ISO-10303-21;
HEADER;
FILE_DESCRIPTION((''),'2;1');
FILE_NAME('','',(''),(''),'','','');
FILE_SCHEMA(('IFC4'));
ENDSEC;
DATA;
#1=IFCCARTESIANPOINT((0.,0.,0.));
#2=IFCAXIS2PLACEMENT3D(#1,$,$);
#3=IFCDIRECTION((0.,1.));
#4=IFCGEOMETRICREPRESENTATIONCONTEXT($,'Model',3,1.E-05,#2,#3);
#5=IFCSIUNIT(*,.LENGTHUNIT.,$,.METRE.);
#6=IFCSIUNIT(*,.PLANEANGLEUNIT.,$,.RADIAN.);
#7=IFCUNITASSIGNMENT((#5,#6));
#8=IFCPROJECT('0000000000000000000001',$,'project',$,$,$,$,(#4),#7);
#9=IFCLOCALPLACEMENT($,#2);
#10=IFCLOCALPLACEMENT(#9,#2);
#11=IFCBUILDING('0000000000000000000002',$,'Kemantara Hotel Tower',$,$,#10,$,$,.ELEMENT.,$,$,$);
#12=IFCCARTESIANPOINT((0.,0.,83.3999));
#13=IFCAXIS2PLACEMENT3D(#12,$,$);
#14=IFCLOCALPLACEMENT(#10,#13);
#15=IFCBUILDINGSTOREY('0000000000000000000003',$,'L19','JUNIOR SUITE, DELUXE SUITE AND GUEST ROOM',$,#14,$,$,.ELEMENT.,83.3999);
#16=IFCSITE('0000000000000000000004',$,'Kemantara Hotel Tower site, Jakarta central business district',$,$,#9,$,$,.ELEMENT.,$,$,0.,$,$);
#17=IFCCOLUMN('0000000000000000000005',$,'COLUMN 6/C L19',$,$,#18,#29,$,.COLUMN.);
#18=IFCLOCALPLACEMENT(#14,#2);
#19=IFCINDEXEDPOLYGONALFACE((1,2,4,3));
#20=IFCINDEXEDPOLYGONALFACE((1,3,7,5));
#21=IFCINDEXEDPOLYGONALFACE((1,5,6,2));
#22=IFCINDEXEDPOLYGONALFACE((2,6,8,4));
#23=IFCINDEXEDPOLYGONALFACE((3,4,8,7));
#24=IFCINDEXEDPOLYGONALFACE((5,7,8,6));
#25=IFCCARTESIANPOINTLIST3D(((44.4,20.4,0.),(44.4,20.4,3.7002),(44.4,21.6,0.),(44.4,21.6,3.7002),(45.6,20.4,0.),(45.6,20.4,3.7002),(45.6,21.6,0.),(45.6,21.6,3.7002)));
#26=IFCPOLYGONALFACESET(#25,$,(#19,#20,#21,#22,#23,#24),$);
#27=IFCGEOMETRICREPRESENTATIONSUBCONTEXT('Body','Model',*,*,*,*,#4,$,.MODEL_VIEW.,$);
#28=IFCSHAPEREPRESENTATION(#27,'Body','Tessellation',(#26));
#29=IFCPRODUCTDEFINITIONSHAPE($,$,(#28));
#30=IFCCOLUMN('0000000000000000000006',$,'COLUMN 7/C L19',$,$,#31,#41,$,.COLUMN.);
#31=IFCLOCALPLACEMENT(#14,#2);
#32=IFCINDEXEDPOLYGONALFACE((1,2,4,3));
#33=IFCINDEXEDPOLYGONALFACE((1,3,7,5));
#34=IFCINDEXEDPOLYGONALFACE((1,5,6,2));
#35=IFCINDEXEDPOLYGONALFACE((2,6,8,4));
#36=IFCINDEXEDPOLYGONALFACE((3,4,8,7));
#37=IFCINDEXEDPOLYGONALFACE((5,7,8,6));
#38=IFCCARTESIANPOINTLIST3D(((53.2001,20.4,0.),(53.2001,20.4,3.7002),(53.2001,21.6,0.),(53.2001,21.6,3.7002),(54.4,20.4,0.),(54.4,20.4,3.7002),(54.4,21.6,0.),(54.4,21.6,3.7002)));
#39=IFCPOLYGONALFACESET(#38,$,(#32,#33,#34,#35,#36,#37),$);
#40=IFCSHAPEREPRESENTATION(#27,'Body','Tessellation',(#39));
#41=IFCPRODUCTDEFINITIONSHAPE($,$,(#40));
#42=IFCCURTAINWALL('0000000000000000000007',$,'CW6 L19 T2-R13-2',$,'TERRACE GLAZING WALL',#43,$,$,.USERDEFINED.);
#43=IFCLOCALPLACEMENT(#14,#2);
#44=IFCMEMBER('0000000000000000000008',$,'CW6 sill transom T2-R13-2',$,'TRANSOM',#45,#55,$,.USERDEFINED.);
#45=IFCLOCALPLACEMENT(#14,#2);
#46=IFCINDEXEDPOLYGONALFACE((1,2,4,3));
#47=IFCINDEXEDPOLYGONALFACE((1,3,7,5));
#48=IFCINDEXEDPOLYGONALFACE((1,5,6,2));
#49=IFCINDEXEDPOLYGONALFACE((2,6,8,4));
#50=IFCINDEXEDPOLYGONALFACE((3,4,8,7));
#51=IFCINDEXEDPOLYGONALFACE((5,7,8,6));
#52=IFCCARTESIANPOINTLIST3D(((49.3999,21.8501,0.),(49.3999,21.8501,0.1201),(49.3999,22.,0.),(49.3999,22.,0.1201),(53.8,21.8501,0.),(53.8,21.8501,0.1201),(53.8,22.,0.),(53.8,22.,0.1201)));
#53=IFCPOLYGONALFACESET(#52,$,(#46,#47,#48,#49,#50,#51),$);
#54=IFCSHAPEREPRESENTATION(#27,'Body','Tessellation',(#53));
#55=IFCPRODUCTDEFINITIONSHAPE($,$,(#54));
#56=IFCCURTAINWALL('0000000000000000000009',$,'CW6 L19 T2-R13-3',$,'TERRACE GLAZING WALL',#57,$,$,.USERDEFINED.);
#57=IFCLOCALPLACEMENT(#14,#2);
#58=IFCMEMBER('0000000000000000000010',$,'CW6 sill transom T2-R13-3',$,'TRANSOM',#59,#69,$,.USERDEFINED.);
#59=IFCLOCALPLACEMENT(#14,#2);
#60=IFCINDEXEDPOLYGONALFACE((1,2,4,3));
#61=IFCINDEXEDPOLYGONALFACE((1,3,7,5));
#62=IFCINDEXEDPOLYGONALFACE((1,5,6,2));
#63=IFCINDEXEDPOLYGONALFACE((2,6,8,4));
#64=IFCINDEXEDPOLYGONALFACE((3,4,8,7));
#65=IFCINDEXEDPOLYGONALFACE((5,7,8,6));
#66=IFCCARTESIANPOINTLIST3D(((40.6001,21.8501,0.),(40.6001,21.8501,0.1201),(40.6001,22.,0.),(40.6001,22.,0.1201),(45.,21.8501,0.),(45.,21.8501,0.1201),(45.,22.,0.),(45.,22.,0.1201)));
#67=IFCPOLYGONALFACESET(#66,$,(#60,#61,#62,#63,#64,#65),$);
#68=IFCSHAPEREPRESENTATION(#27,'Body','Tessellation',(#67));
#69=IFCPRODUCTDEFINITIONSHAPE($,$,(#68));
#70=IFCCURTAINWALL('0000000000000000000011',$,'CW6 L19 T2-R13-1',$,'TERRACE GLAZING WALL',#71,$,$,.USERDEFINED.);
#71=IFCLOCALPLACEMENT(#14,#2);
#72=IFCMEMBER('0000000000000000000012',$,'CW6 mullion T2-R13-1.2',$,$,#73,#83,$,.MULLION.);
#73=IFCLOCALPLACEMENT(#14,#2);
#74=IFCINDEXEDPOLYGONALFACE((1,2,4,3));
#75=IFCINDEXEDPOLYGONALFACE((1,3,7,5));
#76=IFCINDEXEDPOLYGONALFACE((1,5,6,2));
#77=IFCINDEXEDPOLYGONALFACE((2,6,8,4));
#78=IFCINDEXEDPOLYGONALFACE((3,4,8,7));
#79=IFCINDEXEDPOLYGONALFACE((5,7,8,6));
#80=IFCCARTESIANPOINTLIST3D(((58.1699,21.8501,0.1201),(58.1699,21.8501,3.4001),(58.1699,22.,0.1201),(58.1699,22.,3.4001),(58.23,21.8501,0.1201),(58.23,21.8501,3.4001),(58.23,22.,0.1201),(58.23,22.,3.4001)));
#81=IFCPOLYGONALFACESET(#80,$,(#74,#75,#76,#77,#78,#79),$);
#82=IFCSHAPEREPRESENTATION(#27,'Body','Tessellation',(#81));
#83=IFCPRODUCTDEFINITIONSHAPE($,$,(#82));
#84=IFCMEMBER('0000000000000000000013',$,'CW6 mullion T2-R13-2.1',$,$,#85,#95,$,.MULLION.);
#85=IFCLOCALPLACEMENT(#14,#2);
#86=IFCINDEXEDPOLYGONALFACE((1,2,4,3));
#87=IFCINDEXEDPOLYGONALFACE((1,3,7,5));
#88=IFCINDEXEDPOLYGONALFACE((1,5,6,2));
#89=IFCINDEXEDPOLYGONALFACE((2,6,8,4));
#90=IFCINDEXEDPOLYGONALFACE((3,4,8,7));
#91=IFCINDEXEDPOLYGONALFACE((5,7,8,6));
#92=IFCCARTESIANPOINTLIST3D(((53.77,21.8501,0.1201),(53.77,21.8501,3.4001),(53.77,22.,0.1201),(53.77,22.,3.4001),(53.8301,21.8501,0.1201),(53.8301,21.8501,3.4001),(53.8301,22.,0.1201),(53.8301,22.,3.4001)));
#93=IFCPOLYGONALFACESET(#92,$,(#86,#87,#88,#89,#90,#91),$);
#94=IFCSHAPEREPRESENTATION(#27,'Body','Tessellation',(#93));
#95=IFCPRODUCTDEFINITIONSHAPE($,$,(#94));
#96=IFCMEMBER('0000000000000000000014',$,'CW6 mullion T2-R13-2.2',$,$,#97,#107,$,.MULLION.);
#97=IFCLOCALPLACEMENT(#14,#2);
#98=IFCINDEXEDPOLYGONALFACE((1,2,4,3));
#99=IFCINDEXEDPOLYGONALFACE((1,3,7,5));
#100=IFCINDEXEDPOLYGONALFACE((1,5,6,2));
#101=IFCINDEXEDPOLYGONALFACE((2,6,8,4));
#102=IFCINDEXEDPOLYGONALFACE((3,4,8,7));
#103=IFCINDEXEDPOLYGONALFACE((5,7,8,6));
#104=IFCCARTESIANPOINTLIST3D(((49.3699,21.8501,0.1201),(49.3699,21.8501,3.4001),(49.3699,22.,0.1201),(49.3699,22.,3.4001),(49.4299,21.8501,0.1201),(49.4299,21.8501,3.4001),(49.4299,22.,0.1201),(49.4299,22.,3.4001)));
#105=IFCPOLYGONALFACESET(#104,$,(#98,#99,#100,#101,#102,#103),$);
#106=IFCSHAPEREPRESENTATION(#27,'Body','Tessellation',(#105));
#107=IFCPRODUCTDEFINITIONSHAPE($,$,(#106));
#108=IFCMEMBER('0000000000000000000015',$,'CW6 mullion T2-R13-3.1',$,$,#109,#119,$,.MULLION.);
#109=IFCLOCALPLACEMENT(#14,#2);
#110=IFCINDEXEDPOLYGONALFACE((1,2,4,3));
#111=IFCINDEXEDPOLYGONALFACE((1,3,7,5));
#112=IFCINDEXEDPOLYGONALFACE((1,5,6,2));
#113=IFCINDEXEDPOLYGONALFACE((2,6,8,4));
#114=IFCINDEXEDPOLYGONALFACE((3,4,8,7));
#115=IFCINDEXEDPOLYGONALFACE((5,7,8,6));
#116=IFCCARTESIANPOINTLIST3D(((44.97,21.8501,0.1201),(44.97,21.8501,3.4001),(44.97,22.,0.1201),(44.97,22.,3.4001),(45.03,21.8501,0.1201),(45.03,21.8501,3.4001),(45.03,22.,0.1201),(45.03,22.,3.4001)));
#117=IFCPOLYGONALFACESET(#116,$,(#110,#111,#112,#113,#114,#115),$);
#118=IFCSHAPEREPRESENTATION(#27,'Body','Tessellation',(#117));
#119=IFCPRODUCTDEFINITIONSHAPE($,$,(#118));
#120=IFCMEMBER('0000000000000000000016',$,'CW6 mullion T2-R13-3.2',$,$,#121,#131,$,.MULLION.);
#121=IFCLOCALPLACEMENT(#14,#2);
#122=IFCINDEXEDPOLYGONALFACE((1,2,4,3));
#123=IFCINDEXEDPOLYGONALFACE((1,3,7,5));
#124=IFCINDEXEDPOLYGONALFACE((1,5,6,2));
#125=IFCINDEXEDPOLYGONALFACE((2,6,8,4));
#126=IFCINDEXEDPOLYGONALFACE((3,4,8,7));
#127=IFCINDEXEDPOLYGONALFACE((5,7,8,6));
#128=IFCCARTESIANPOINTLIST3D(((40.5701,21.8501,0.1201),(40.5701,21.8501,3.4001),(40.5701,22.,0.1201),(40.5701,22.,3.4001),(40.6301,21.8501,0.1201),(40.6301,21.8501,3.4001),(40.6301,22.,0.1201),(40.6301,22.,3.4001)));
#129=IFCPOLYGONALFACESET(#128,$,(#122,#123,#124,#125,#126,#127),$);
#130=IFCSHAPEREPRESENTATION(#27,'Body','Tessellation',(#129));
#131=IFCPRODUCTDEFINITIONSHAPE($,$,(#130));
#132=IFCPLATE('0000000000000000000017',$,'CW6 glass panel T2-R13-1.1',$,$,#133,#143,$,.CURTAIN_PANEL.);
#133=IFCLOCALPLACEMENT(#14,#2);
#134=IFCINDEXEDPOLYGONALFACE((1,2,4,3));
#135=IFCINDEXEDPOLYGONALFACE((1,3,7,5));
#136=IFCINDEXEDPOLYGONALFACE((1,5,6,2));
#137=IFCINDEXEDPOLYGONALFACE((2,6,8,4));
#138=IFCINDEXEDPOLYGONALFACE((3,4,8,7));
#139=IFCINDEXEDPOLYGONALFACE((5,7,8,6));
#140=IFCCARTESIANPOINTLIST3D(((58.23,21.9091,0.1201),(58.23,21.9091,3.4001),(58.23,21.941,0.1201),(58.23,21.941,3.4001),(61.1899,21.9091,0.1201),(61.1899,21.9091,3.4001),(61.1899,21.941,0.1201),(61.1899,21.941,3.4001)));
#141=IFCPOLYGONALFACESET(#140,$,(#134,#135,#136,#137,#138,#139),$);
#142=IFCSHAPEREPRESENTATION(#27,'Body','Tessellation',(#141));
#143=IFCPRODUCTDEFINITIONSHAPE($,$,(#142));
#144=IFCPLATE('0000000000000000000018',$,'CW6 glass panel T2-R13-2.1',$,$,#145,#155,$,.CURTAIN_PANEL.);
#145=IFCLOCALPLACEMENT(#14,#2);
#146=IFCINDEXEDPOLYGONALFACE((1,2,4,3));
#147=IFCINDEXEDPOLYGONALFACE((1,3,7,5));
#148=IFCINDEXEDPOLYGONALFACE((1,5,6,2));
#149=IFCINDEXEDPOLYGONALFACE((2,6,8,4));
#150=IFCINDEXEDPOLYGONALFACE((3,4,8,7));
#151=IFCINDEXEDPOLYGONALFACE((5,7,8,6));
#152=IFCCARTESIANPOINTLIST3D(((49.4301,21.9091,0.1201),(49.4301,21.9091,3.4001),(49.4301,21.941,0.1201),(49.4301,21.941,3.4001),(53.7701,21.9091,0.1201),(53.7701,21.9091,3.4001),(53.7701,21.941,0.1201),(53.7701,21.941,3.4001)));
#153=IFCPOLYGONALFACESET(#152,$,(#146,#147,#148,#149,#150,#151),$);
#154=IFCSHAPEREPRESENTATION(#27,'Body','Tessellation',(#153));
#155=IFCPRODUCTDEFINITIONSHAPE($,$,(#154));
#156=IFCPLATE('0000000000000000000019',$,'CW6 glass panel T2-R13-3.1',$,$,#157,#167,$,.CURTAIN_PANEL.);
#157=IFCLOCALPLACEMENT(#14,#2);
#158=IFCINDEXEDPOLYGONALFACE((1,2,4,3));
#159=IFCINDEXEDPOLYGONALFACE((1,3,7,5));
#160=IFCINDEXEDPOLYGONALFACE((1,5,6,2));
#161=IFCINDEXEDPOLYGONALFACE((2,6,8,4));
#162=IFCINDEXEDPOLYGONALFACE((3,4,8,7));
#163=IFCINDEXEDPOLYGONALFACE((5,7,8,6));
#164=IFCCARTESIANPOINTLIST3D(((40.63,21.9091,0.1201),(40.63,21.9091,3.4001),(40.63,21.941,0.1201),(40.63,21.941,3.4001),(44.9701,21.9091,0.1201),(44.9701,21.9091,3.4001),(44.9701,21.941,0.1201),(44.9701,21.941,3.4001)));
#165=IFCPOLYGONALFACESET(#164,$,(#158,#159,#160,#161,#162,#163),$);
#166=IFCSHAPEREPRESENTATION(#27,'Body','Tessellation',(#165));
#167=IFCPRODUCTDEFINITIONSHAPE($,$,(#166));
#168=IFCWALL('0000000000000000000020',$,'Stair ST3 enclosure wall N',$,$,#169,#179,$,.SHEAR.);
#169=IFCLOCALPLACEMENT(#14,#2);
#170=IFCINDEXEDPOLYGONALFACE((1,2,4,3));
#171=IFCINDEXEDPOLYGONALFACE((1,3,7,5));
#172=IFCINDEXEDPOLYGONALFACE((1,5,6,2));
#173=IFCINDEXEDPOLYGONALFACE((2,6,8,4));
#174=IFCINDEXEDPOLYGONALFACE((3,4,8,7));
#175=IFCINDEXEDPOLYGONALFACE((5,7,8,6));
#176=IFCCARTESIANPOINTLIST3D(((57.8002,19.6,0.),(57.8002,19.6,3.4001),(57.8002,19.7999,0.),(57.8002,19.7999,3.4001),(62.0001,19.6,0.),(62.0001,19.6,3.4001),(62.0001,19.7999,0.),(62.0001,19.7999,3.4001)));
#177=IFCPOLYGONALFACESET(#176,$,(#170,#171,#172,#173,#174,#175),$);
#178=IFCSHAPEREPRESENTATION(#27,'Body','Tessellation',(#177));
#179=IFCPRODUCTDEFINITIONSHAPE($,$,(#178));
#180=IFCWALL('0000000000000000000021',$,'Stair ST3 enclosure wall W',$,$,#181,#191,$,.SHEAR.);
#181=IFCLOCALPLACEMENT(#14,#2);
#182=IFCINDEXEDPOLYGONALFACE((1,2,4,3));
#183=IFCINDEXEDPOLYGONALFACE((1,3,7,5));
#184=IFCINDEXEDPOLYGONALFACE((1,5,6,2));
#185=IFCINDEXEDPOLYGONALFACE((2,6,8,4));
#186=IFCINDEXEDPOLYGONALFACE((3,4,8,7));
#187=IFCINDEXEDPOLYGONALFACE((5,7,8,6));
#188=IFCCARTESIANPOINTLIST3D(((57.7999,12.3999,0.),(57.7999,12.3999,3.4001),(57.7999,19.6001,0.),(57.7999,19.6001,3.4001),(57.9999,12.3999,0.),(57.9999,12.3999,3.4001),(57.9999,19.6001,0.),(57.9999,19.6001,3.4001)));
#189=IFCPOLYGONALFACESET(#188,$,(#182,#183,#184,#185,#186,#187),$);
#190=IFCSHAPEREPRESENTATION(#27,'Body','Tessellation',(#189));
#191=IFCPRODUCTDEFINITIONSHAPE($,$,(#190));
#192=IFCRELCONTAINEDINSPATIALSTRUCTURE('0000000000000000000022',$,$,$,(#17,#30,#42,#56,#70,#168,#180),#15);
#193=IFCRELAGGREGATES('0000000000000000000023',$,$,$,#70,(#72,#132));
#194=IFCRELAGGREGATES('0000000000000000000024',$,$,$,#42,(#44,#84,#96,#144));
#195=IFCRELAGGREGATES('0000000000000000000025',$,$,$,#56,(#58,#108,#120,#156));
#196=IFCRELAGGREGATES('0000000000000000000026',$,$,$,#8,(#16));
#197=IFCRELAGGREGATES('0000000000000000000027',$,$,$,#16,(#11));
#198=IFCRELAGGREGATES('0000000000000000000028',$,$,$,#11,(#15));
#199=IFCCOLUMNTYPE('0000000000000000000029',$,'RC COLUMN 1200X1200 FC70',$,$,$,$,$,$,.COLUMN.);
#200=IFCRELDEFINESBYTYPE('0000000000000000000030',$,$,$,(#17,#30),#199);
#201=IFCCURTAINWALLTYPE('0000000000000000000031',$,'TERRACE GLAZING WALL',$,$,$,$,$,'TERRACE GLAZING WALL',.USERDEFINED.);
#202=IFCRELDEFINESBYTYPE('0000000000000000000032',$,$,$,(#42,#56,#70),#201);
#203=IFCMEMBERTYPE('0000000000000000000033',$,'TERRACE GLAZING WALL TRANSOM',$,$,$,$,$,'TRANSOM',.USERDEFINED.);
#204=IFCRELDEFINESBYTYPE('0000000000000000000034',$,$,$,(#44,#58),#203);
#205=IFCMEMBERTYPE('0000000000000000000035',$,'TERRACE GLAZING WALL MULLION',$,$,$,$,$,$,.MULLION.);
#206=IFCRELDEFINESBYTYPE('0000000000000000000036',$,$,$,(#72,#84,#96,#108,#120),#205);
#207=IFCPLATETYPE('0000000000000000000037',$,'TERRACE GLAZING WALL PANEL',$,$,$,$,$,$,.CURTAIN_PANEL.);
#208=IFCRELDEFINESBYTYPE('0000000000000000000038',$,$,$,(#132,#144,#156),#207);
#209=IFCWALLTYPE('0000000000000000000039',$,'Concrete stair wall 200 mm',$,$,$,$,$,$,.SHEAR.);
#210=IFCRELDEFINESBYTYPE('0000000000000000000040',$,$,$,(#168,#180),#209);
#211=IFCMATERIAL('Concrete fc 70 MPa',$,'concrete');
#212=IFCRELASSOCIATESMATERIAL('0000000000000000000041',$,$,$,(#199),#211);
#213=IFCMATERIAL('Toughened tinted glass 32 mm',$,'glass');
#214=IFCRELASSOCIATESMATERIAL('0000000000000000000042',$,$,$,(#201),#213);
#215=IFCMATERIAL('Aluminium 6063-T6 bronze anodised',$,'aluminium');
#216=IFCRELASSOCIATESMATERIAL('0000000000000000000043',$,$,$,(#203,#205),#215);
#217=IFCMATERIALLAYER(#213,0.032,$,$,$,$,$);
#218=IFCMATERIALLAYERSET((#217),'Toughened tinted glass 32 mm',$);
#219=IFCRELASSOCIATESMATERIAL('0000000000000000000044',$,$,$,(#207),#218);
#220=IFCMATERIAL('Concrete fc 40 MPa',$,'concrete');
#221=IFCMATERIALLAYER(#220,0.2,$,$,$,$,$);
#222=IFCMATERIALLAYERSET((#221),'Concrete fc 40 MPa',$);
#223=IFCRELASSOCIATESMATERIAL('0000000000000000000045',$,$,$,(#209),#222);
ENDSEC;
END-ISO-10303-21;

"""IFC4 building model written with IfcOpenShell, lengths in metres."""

from ifc_helpers import new_model, si_unit, direction, frame, frame_2d, origin, origin_2d, place, context, subcontext, project, spatial, rectangle, extrude, source, transform, mapped, material, layer, layer_set, material_profile, profile_set, type_object, element, aggregate, save


model = new_model("IFC4")

# Units and contexts
model_context = context("Model", 3, precision=1e-05, world=origin(), true_north=direction((0.0, 1.0)))
body_context = subcontext(model_context, "Body", "Model", "MODEL_VIEW")
ifc_project = project(units=[si_unit("LENGTHUNIT", "METRE"), si_unit("PLANEANGLEUNIT", "RADIAN")], contexts=[model_context])

# Site, building, storey
site_placement = place(None, origin())
site = spatial("IfcSite", under=ifc_project, at=site_placement, Name="Kemantara Hotel Tower site, Jakarta central business district", CompositionType="ELEMENT", RefElevation=0.0)
building_placement = place(site_placement, origin())
building = spatial("IfcBuilding", under=site, at=building_placement, Name="Kemantara Hotel Tower", CompositionType="ELEMENT")
storey_placement = place(building_placement, frame((0.0, 0.0, 83.3999)))
storey = spatial("IfcBuildingStorey", under=building, at=storey_placement, Name="L19", Description="JUNIOR SUITE, DELUXE SUITE AND GUEST ROOM", CompositionType="ELEMENT", Elevation=83.3999)

# Columns
ifc_material_1 = material(Name="Concrete fc 70 MPa", Category="concrete")
ifc_material_profile_1 = material_profile(ifc_material_1, rectangle(XDim=1.2, YDim=1.2, at=origin_2d()), Name="RC 1200X1200")
ifc_profile_set_1 = profile_set([ifc_material_profile_1], Name="Concrete fc 70 MPa")
column_type = type_object("IfcColumnType", Name="RC COLUMN 1200X1200 FC70", PredefinedType="COLUMN", material=ifc_profile_set_1)
for number, where, z_axis, x_axis, name in (
    (1, (45.0, 21.0, 0.0), (0.0, 0.0, 1.0), (1.0, 0.0, 0.0), "COLUMN 6/C L19"),
    (2, (53.8, 21.0, 0.0), (0.0, 0.0, 1.0), (1.0, 0.0, 0.0), "COLUMN 7/C L19"),
):
    element("IfcColumn", number, at=place(storey_placement, frame(where, z_axis=z_axis, x_axis=x_axis)), inside=storey, type_object=column_type, Name=name, PredefinedType="COLUMN", context=body_context, shape_type="SweptSolid", body=[
        extrude(rectangle(XDim=1.2, YDim=1.2, at=origin_2d()), origin(), (0.0, 0.0, 1.0), 3.7002),
    ])

# Curtain walls, members
ifc_material_2 = material(Name="Toughened tinted glass 32 mm", Category="glass")
curtain_wall_type = type_object("IfcCurtainWallType", Name="TERRACE GLAZING WALL", ElementType="TERRACE GLAZING WALL", PredefinedType="USERDEFINED", material=ifc_material_2)
curtain_wall_1_placement = place(storey_placement, origin())
curtain_wall_1 = element("IfcCurtainWall", 3, at=curtain_wall_1_placement, inside=storey, type_object=curtain_wall_type, Name="CW6 L19 T2-R13-2", ObjectType="TERRACE GLAZING WALL", PredefinedType="USERDEFINED")
ifc_material_3 = material(Name="Aluminium 6063-T6 bronze anodised", Category="aluminium")
ifc_material_profile_2 = material_profile(ifc_material_3, rectangle(XDim=0.1499, YDim=0.1201, at=origin_2d()), Name="TERRACE GLAZING WALL TRANSOM")
ifc_profile_set_2 = profile_set([ifc_material_profile_2], Name="Aluminium 6063-T6 bronze anodised")
member_type_1 = type_object("IfcMemberType", Name="TERRACE GLAZING WALL TRANSOM", ElementType="TRANSOM", PredefinedType="USERDEFINED", material=ifc_profile_set_2)
member_1_placement = place(storey_placement, frame((53.8, 21.925, 0.0601), z_axis=(-1.0, 0.0, 0.0), x_axis=(0.0, -1.0, 0.0)))
member_1 = element("IfcMember", 4, at=member_1_placement, type_object=member_type_1, Name="CW6 sill transom T2-R13-2", ObjectType="TRANSOM", PredefinedType="USERDEFINED", context=body_context, shape_type="SweptSolid", body=[
    extrude(rectangle(XDim=0.1499, YDim=0.1201, at=origin_2d()), origin(), (0.0, 0.0, 1.0), 4.4001),
])
curtain_wall_2_placement = place(storey_placement, origin())
curtain_wall_2 = element("IfcCurtainWall", 5, at=curtain_wall_2_placement, inside=storey, type_object=curtain_wall_type, Name="CW6 L19 T2-R13-3", ObjectType="TERRACE GLAZING WALL", PredefinedType="USERDEFINED")
member_2_placement = place(storey_placement, frame((45.0, 21.925, 0.0601), z_axis=(-1.0, 0.0, 0.0), x_axis=(0.0, -1.0, 0.0)))
member_2 = element("IfcMember", 6, at=member_2_placement, type_object=member_type_1, Name="CW6 sill transom T2-R13-3", ObjectType="TRANSOM", PredefinedType="USERDEFINED", context=body_context, shape_type="SweptSolid", body=[
    extrude(rectangle(XDim=0.1499, YDim=0.1201, at=origin_2d()), origin(), (0.0, 0.0, 1.0), 4.3999),
])
curtain_wall_3_placement = place(storey_placement, origin())
curtain_wall_3 = element("IfcCurtainWall", 7, at=curtain_wall_3_placement, inside=storey, type_object=curtain_wall_type, Name="CW6 L19 T2-R13-1", ObjectType="TERRACE GLAZING WALL", PredefinedType="USERDEFINED")
ifc_material_profile_3 = material_profile(ifc_material_3, rectangle(XDim=0.1499, YDim=0.0601, at=origin_2d()), Name="TERRACE GLAZING WALL MULLION")
ifc_profile_set_3 = profile_set([ifc_material_profile_3], Name="Aluminium 6063-T6 bronze anodised")
member_type_2 = type_object("IfcMemberType", Name="TERRACE GLAZING WALL MULLION", PredefinedType="MULLION", material=ifc_profile_set_3)
shared_shape_1 = source(origin(), body_context, "Body", "SweptSolid", [
    extrude(rectangle(XDim=0.1499, YDim=0.0601, at=origin_2d()), origin(), (0.0, 0.0, 1.0), 3.28),
])
member_3_placement = place(storey_placement, frame((58.2, 21.925, 0.1201), z_axis=(0.0, 0.0, 1.0), x_axis=(0.0, -1.0, 0.0)))
member_3 = element("IfcMember", 8, at=member_3_placement, type_object=member_type_2, Name="CW6 mullion T2-R13-1.2", PredefinedType="MULLION", context=body_context, shape_type="MappedRepresentation", body=[
    mapped(shared_shape_1, transform((0.0, 0.0, 0.0))),
])

# Members
member_4_placement = place(storey_placement, frame((53.8, 21.925, 0.1201), z_axis=(0.0, 0.0, 1.0), x_axis=(0.0, -1.0, 0.0)))
member_4 = element("IfcMember", 9, at=member_4_placement, type_object=member_type_2, Name="CW6 mullion T2-R13-2.1", PredefinedType="MULLION", context=body_context, shape_type="MappedRepresentation", body=[
    mapped(shared_shape_1, transform((0.0, 0.0, 0.0))),
])
member_5_placement = place(storey_placement, frame((49.3999, 21.925, 0.1201), z_axis=(0.0, 0.0, 1.0), x_axis=(0.0, -1.0, 0.0)))
member_5 = element("IfcMember", 10, at=member_5_placement, type_object=member_type_2, Name="CW6 mullion T2-R13-2.2", PredefinedType="MULLION", context=body_context, shape_type="MappedRepresentation", body=[
    mapped(shared_shape_1, transform((0.0, 0.0, 0.0))),
])
member_6_placement = place(storey_placement, frame((45.0, 21.925, 0.1201), z_axis=(0.0, 0.0, 1.0), x_axis=(0.0, -1.0, 0.0)))
member_6 = element("IfcMember", 11, at=member_6_placement, type_object=member_type_2, Name="CW6 mullion T2-R13-3.1", PredefinedType="MULLION", context=body_context, shape_type="MappedRepresentation", body=[
    mapped(shared_shape_1, transform((0.0, 0.0, 0.0))),
])
member_7_placement = place(storey_placement, frame((40.6001, 21.925, 0.1201), z_axis=(0.0, 0.0, 1.0), x_axis=(0.0, -1.0, 0.0)))
member_7 = element("IfcMember", 12, at=member_7_placement, type_object=member_type_2, Name="CW6 mullion T2-R13-3.2", PredefinedType="MULLION", context=body_context, shape_type="MappedRepresentation", body=[
    mapped(shared_shape_1, transform((0.0, 0.0, 0.0))),
])

# Plates
ifc_layer_1 = layer(ifc_material_2, 0.032)
ifc_layer_set_1 = layer_set([ifc_layer_1], Name="Toughened tinted glass 32 mm")
plate_type = type_object("IfcPlateType", Name="TERRACE GLAZING WALL PANEL", PredefinedType="CURTAIN_PANEL", material=ifc_layer_set_1)
shared_shape_2 = source(origin(), body_context, "Body", "SweptSolid", [
    extrude(rectangle(XDim=2.96, YDim=0.032, at=origin_2d()), origin(), (0.0, 0.0, 1.0), 3.28),
])
plate_1_placement = place(storey_placement, frame((59.71, 21.925, 0.1201), z_axis=(0.0, 0.0, 1.0), x_axis=(-1.0, 0.0, 0.0)))
plate_1 = element("IfcPlate", 13, at=plate_1_placement, type_object=plate_type, Name="CW6 glass panel T2-R13-1.1", PredefinedType="CURTAIN_PANEL", context=body_context, shape_type="MappedRepresentation", body=[
    mapped(shared_shape_2, transform((0.0, 0.0, 0.0))),
])
aggregate(curtain_wall_3, [member_3, plate_1])
shared_shape_3 = source(origin(), body_context, "Body", "SweptSolid", [
    extrude(rectangle(XDim=4.3401, YDim=0.032, at=origin_2d()), origin(), (0.0, 0.0, 1.0), 3.28),
])
plate_2_placement = place(storey_placement, frame((51.6001, 21.925, 0.1201), z_axis=(0.0, 0.0, 1.0), x_axis=(-1.0, 0.0, 0.0)))
plate_2 = element("IfcPlate", 14, at=plate_2_placement, type_object=plate_type, Name="CW6 glass panel T2-R13-2.1", PredefinedType="CURTAIN_PANEL", context=body_context, shape_type="MappedRepresentation", body=[
    mapped(shared_shape_3, transform((0.0, 0.0, 0.0))),
])
aggregate(curtain_wall_1, [member_1, member_4, member_5, plate_2])
plate_3_placement = place(storey_placement, frame((42.8, 21.925, 0.1201), z_axis=(0.0, 0.0, 1.0), x_axis=(-1.0, 0.0, 0.0)))
plate_3 = element("IfcPlate", 15, at=plate_3_placement, type_object=plate_type, Name="CW6 glass panel T2-R13-3.1", PredefinedType="CURTAIN_PANEL", context=body_context, shape_type="MappedRepresentation", body=[
    mapped(shared_shape_3, transform((0.0, 0.0, 0.0))),
])
aggregate(curtain_wall_2, [member_2, member_6, member_7, plate_3])

# Walls
ifc_material_4 = material(Name="Concrete fc 40 MPa", Category="concrete")
ifc_layer_2 = layer(ifc_material_4, 0.2)
ifc_layer_set_2 = layer_set([ifc_layer_2], Name="Concrete fc 40 MPa")
wall_type_1 = type_object("IfcWallType", Name="Concrete stair wall 200 mm", PredefinedType="SHEAR", material=ifc_layer_set_2)
wall_1_placement = place(storey_placement, frame((57.8, 19.7, 0.0), z_axis=(0.0, 0.0, 1.0), x_axis=(1.0, 0.0, 0.0)))
element("IfcWall", 16, at=wall_1_placement, inside=storey, type_object=wall_type_1, Name="Stair ST3 enclosure wall N", PredefinedType="SHEAR", context=body_context, shape_type="SweptSolid", body=[
    extrude(rectangle(XDim=4.2, YDim=0.2, at=frame_2d((2.1001, 0.0))), origin(), (0.0, 0.0, 1.0), 3.4001),
])
wall_2_placement = place(storey_placement, frame((57.8999, 12.3999, 0.0), z_axis=(0.0, 0.0, 1.0), x_axis=(0.0, 1.0, 0.0)))
element("IfcWall", 17, at=wall_2_placement, inside=storey, type_object=wall_type_1, Name="Stair ST3 enclosure wall W", PredefinedType="SHEAR", context=body_context, shape_type="SweptSolid", body=[
    extrude(rectangle(XDim=7.2002, YDim=0.2, at=frame_2d((3.6001, 0.0))), origin(), (0.0, 0.0, 1.0), 3.4001),
])

save(model, "model.ifc")
